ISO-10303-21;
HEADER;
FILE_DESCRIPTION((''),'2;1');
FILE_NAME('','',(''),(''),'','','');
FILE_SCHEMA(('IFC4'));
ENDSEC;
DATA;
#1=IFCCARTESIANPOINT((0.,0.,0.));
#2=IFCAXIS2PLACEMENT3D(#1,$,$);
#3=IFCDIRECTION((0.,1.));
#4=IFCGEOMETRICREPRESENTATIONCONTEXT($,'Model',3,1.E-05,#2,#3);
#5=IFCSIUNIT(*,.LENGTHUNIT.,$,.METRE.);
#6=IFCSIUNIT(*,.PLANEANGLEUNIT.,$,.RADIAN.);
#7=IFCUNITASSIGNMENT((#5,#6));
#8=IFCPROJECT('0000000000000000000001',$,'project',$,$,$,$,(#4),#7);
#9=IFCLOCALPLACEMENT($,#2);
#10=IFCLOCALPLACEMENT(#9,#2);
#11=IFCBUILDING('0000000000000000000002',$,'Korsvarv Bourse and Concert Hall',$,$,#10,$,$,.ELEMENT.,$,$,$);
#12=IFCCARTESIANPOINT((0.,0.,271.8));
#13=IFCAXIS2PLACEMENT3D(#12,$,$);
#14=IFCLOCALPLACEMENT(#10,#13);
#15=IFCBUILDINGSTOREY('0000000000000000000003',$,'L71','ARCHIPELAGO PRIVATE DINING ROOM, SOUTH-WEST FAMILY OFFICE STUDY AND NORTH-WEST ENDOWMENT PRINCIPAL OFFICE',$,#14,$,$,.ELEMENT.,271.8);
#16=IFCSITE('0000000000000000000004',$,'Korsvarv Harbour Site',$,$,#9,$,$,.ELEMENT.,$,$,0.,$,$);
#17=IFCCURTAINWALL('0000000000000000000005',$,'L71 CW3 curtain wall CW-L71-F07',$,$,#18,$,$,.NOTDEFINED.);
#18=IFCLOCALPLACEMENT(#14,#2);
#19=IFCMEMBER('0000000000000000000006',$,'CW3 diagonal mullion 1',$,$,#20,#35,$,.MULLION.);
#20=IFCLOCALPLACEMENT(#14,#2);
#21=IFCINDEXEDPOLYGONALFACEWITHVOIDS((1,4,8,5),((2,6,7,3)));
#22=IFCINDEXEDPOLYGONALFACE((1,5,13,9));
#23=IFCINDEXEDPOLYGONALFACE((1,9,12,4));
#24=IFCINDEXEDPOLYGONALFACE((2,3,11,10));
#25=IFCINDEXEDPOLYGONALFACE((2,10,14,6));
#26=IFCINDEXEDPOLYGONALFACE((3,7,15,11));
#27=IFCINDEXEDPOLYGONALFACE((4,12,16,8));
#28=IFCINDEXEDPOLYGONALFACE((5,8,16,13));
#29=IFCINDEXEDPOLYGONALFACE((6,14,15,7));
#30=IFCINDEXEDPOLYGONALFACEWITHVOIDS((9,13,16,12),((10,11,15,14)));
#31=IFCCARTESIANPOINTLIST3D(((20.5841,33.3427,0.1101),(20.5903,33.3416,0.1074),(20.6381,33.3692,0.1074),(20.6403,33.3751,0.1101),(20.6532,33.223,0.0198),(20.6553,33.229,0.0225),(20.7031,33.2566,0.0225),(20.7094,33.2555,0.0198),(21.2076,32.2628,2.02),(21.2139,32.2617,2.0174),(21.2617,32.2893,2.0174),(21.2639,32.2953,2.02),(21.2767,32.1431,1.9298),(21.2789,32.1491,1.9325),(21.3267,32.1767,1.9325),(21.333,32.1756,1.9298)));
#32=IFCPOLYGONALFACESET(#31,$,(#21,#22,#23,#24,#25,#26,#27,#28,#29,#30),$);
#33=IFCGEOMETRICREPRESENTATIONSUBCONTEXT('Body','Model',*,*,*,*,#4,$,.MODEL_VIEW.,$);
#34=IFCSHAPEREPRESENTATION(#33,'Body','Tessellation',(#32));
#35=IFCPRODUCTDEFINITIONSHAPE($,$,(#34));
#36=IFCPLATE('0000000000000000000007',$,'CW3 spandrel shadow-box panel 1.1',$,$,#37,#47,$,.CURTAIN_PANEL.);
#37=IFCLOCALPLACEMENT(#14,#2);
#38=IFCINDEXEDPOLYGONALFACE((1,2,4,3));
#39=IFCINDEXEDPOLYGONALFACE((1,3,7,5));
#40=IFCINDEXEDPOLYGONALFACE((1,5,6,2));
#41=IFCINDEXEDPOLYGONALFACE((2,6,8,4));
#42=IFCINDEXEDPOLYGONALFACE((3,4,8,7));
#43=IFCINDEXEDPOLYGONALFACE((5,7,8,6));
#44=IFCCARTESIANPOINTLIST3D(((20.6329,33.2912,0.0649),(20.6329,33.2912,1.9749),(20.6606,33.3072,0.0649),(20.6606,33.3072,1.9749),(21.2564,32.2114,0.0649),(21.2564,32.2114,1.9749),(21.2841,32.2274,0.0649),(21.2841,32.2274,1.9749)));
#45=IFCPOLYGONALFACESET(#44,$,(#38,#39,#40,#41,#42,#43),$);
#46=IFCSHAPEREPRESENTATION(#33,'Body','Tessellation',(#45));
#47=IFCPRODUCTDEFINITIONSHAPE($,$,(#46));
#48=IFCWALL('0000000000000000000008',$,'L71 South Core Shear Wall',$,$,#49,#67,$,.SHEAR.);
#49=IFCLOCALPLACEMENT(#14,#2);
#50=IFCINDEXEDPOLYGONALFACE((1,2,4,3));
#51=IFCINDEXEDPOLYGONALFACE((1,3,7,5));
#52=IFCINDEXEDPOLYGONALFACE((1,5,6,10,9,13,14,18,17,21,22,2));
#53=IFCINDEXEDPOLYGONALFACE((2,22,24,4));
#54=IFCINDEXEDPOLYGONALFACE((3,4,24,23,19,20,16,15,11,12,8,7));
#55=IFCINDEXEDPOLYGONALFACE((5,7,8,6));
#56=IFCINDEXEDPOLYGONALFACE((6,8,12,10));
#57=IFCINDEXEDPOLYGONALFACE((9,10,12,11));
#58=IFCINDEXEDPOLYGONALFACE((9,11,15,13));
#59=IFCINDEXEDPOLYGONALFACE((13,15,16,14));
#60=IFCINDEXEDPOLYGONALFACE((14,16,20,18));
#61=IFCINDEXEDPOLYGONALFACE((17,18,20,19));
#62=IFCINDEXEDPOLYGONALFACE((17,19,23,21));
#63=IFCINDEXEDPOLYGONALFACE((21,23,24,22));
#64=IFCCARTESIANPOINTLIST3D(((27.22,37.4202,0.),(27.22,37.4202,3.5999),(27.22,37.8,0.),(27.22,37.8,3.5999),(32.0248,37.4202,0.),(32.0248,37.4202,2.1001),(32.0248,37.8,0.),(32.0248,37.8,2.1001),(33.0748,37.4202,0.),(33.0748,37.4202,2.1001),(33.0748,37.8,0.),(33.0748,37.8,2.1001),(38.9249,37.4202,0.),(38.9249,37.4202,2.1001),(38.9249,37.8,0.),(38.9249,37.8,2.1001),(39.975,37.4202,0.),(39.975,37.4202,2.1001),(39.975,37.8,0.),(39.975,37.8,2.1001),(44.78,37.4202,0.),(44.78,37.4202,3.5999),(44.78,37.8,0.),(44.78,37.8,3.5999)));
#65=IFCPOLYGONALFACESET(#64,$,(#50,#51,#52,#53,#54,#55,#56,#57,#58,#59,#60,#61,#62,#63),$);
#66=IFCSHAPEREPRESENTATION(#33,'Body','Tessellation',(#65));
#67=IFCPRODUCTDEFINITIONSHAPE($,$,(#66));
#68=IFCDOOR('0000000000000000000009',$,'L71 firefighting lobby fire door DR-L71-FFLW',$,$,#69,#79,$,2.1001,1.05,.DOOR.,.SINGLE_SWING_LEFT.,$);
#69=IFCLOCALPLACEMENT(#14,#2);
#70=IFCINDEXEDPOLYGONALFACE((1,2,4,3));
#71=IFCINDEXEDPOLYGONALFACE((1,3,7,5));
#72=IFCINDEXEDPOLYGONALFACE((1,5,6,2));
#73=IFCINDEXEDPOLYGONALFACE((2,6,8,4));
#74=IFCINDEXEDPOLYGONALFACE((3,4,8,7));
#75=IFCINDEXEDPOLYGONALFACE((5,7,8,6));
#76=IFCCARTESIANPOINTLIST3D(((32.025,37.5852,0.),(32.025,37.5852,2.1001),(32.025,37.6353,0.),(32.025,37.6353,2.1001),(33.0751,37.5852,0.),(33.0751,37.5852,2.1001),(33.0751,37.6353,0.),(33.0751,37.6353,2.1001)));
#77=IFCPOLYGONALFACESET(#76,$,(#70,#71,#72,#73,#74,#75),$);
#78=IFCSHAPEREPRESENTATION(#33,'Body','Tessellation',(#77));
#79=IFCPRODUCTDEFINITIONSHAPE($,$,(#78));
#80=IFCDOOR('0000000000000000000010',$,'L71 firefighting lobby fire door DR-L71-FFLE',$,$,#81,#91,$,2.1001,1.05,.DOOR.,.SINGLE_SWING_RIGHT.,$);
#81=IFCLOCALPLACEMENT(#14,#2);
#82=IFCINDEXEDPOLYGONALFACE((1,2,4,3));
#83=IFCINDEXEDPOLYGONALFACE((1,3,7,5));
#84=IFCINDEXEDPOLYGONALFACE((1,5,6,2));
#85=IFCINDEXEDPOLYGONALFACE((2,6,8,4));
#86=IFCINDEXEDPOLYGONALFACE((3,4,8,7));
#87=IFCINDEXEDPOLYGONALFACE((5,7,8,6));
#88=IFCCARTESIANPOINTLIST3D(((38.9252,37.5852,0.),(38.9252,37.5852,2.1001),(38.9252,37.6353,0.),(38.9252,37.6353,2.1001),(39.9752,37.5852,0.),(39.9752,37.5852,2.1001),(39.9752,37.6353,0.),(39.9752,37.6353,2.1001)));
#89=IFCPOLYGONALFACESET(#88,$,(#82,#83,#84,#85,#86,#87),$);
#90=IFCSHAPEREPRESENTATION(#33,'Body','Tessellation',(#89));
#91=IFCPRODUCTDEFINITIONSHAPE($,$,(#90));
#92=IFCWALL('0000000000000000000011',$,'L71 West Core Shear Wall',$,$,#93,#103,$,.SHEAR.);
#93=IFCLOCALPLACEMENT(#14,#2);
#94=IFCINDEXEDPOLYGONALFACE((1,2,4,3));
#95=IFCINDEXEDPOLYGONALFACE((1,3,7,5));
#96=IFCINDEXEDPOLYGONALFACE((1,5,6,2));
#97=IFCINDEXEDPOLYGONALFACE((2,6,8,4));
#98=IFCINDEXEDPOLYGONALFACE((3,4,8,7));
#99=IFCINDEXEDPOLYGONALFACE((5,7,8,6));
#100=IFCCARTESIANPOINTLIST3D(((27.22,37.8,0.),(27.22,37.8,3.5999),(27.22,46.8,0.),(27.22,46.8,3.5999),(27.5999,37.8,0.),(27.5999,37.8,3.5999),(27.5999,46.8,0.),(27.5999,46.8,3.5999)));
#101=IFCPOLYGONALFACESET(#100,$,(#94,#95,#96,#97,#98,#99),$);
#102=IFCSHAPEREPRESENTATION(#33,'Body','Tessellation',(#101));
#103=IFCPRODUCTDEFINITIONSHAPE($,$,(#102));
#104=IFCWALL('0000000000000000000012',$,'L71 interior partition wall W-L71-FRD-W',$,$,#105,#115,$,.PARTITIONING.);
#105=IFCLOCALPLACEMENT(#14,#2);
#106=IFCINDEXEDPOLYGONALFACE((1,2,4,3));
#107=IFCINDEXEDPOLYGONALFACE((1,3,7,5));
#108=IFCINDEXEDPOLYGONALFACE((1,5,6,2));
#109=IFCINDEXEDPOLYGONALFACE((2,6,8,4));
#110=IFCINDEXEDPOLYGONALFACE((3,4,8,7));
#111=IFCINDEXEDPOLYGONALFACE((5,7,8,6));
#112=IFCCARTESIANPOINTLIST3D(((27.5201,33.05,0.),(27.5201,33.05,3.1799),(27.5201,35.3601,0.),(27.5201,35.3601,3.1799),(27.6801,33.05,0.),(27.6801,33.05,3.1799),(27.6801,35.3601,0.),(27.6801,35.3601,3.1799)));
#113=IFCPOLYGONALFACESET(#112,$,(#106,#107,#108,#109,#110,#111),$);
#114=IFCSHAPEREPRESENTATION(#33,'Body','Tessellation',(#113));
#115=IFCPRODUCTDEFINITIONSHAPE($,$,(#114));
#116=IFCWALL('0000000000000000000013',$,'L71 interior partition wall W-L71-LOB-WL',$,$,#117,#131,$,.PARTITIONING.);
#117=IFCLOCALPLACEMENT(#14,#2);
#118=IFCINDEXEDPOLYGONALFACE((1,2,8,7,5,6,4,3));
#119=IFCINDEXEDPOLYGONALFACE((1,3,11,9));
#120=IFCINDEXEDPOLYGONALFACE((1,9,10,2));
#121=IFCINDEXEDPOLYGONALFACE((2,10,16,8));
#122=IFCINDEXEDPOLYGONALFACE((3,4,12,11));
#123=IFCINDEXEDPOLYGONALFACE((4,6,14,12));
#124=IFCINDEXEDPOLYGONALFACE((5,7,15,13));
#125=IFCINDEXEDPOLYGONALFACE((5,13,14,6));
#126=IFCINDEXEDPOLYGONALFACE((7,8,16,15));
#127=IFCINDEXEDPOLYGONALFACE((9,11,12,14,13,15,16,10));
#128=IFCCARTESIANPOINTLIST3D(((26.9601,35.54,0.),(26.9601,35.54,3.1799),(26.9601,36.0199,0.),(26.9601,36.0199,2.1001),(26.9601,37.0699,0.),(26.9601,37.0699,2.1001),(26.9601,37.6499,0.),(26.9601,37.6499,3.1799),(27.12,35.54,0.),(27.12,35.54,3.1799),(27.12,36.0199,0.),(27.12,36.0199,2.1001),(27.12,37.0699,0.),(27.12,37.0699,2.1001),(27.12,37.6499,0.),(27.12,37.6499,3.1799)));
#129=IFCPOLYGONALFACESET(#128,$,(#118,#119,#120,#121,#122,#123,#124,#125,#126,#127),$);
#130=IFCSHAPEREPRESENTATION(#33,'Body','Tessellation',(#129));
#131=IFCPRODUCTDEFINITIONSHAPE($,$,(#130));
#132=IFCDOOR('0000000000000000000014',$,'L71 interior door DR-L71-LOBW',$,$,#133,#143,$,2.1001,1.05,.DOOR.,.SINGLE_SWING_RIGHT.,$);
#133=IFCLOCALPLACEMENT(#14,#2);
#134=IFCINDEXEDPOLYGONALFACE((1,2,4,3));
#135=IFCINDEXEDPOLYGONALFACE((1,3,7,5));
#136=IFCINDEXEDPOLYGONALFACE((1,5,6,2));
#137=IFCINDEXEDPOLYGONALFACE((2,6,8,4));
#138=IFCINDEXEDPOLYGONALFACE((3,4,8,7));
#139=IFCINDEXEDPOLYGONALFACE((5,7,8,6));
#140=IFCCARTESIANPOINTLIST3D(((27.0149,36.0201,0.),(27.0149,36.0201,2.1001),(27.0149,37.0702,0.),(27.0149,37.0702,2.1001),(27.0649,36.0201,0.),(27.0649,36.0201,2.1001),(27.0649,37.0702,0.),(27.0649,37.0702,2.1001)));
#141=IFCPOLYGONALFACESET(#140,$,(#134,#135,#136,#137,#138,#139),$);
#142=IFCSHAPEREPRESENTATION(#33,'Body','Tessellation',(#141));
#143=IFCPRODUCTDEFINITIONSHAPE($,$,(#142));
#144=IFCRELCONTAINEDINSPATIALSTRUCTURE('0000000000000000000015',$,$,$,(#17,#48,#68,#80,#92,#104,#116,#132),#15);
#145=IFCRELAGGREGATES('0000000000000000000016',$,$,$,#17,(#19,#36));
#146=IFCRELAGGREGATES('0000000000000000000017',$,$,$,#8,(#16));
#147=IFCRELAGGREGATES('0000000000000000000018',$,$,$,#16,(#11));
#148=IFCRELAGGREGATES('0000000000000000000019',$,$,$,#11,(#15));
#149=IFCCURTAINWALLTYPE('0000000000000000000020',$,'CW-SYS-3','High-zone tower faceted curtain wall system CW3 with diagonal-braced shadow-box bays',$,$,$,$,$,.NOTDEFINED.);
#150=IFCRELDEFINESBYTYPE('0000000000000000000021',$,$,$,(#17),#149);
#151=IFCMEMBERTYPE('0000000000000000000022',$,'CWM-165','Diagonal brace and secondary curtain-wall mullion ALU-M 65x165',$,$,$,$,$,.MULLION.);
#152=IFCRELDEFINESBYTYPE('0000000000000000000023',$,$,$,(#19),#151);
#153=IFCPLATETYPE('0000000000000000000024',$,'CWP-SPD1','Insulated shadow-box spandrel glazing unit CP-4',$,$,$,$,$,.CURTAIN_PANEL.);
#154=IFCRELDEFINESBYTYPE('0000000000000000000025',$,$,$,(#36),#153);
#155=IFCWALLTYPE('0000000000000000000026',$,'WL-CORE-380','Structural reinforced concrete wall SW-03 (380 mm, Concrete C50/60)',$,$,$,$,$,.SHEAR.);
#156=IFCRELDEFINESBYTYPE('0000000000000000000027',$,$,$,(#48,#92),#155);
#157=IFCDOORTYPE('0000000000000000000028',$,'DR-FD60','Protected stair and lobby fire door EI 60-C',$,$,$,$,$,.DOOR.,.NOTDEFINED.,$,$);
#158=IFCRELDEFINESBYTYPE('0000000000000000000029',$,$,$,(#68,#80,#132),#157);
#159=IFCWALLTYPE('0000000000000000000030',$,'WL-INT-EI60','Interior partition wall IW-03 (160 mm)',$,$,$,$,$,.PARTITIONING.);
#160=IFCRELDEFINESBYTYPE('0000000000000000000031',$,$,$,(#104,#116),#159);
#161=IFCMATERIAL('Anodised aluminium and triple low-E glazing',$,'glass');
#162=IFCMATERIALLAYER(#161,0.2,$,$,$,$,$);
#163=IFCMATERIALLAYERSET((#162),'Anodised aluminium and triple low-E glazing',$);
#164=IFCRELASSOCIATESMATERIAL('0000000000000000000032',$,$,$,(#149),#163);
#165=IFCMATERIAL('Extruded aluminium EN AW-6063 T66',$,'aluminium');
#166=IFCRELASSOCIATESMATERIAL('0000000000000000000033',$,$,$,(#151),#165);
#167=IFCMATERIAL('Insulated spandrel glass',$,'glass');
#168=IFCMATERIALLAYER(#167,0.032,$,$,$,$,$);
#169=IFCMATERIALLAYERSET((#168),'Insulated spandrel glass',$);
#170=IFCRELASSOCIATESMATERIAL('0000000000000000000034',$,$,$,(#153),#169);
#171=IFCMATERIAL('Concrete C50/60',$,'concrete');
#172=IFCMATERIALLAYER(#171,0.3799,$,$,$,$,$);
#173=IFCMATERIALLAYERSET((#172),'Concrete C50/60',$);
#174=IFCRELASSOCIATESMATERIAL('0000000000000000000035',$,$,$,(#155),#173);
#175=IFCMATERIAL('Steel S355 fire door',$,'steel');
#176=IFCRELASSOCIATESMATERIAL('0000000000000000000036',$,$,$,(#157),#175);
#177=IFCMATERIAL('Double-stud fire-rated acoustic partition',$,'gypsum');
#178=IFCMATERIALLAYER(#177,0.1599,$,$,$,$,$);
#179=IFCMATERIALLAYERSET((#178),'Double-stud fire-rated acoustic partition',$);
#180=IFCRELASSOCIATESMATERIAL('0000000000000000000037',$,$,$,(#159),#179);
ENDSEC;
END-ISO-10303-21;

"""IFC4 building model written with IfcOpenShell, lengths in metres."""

from ifc_helpers import new_model, si_unit, direction, frame, frame_2d, origin, origin_2d, place, context, subcontext, project, spatial, rectangle, hollow_rectangle, extrude, source, transform, mapped, material, layer, layer_set, material_profile, profile_set, type_object, element, fill, aggregate, save


model = new_model("IFC4")

# Units and contexts
model_context = context("Model", 3, precision=1e-05, world=origin(), true_north=direction((0.0, 1.0)))
body_context = subcontext(model_context, "Body", "Model", "MODEL_VIEW")
ifc_project = project(units=[si_unit("LENGTHUNIT", "METRE"), si_unit("PLANEANGLEUNIT", "RADIAN")], contexts=[model_context])

# Site, building, storey
site_placement = place(None, origin())
site = spatial("IfcSite", under=ifc_project, at=site_placement, Name="Korsvarv Harbour Site", CompositionType="ELEMENT", RefElevation=0.0)
building_placement = place(site_placement, origin())
building = spatial("IfcBuilding", under=site, at=building_placement, Name="Korsvarv Bourse and Concert Hall", CompositionType="ELEMENT")
storey_placement = place(building_placement, frame((0.0, 0.0, 271.8)))
storey = spatial("IfcBuildingStorey", under=building, at=storey_placement, Name="L71", Description="ARCHIPELAGO PRIVATE DINING ROOM, SOUTH-WEST FAMILY OFFICE STUDY AND NORTH-WEST ENDOWMENT PRINCIPAL OFFICE", CompositionType="ELEMENT", Elevation=271.8)

# Shared definitions
ifc_material_1 = material(Name="Concrete C50/60", Category="concrete")

# Curtain wall, member, plate
ifc_material_2 = material(Name="Anodised aluminium and triple low-E glazing", Category="glass")
ifc_layer_1 = layer(ifc_material_2, 0.2)
ifc_layer_set_1 = layer_set([ifc_layer_1], Name="Anodised aluminium and triple low-E glazing")
curtain_wall_type = type_object("IfcCurtainWallType", Name="CW-SYS-3", Description="High-zone tower faceted curtain wall system CW3 with diagonal-braced shadow-box bays", PredefinedType="NOTDEFINED", material=ifc_layer_set_1)
curtain_wall_placement = place(storey_placement, origin())
curtain_wall = element("IfcCurtainWall", 1, at=curtain_wall_placement, inside=storey, type_object=curtain_wall_type, Name="L71 CW3 curtain wall CW-L71-F07", PredefinedType="NOTDEFINED")
ifc_material_3 = material(Name="Extruded aluminium EN AW-6063 T66", Category="aluminium")
ifc_material_profile_1 = material_profile(ifc_material_3, hollow_rectangle(XDim=0.0649, YDim=0.165, WallThickness=0.0049, at=origin_2d()), Name="ALU-M 65x165")
ifc_profile_set_1 = profile_set([ifc_material_profile_1], Name="Extruded aluminium EN AW-6063 T66")
member_type_1 = type_object("IfcMemberType", Name="CWM-165", Description="Diagonal brace and secondary curtain-wall mullion ALU-M 65x165", PredefinedType="MULLION", material=ifc_profile_set_1)
shared_shape_1 = source(origin(), body_context, "Body", "SweptSolid", [
    extrude(hollow_rectangle(XDim=0.0649, YDim=0.165, WallThickness=0.0049, at=origin_2d()), origin(), (0.0, 0.0, 1.0), 2.281),
])
member_1_placement = place(storey_placement, frame((20.6467, 33.2991, 0.0649), z_axis=(0.27337, -0.47342, 0.837342), x_axis=(0.865993, 0.500056, 0.0)))
member_1 = element("IfcMember", 2, at=member_1_placement, type_object=member_type_1, Name="CW3 diagonal mullion 1", PredefinedType="MULLION", context=body_context, shape_type="MappedRepresentation", body=[
    mapped(shared_shape_1, transform((0.0, 0.0, 0.0), scale=1.0)),
])
ifc_material_4 = material(Name="Insulated spandrel glass", Category="glass")
ifc_layer_2 = layer(ifc_material_4, 0.032)
ifc_layer_set_2 = layer_set([ifc_layer_2], Name="Insulated spandrel glass")
plate_type = type_object("IfcPlateType", Name="CWP-SPD1", Description="Insulated shadow-box spandrel glazing unit CP-4", PredefinedType="CURTAIN_PANEL", material=ifc_layer_set_2)
shared_shape_2 = source(origin(), body_context, "Body", "SweptSolid", [
    extrude(rectangle(XDim=1.2468, YDim=0.032, at=origin_2d()), origin(), (0.0, 0.0, 1.0), 1.9099),
])
plate_placement = place(storey_placement, frame((20.9585, 32.7593, 0.0649), z_axis=(0.0, 0.0, 1.0), x_axis=(0.500004, -0.866023, 0.0)))
plate = element("IfcPlate", 3, at=plate_placement, type_object=plate_type, Name="CW3 spandrel shadow-box panel 1.1", PredefinedType="CURTAIN_PANEL", context=body_context, shape_type="MappedRepresentation", body=[
    mapped(shared_shape_2, transform((0.0, 0.0, 0.0), scale=1.0)),
])
aggregate(curtain_wall, [member_1, plate])

# Wall, openings, doors
ifc_layer_3 = layer(ifc_material_1, 0.3799)
ifc_layer_set_3 = layer_set([ifc_layer_3], Name="Concrete C50/60")
wall_type_1 = type_object("IfcWallType", Name="WL-CORE-380", Description="Structural reinforced concrete wall SW-03 (380 mm, Concrete C50/60)", PredefinedType="SHEAR", material=ifc_layer_set_3)
wall_1_placement = place(storey_placement, frame((27.22, 37.6101, 0.0), z_axis=(0.0, 0.0, 1.0), x_axis=(1.0, 0.0, 0.0)))
wall_1 = element("IfcWall", 4, at=wall_1_placement, inside=storey, type_object=wall_type_1, Name="L71 South Core Shear Wall", PredefinedType="SHEAR", context=body_context, shape_type="SweptSolid", body=[
    extrude(rectangle(XDim=17.5601, YDim=0.3799, at=frame_2d((8.78, 0.0))), origin(), (0.0, 0.0, 1.0), 3.5999),
])
opening_1_placement = place(wall_1_placement, frame((4.8049, 0.0, 0.0)))
opening_1 = element("IfcOpeningElement", 5, at=opening_1_placement, cuts=wall_1, PredefinedType="OPENING", context=body_context, shape_type="SweptSolid", body=[
    extrude(rectangle(XDim=1.05, YDim=2.1001, at=frame_2d((0.5249, 1.05))), frame((0.0, 0.2, 0.0), z_axis=(0.0, -1.0, 0.0), x_axis=(1.0, 0.0, 0.0)), (0.0, 0.0, 1.0), 0.3999),
])
opening_2_placement = place(wall_1_placement, frame((11.7051, 0.0, 0.0)))
opening_2 = element("IfcOpeningElement", 6, at=opening_2_placement, cuts=wall_1, PredefinedType="OPENING", context=body_context, shape_type="SweptSolid", body=[
    extrude(rectangle(XDim=1.05, YDim=2.1001, at=frame_2d((0.5249, 1.05))), frame((0.0, 0.2, 0.0), z_axis=(0.0, -1.0, 0.0), x_axis=(1.0, 0.0, 0.0)), (0.0, 0.0, 1.0), 0.3999),
])
ifc_material_5 = material(Name="Steel S355 fire door", Category="steel")
door_type = type_object("IfcDoorType", Name="DR-FD60", Description="Protected stair and lobby fire door EI 60-C", OperationType="NOTDEFINED", PredefinedType="DOOR", material=ifc_material_5)
door_1_placement = place(opening_1_placement, frame((1.05, 0.0, 0.0), z_axis=(0.0, 0.0, 1.0), x_axis=(-1.0, 0.0, 0.0)))
door_1 = element("IfcDoor", 7, at=door_1_placement, inside=storey, type_object=door_type, Name="L71 firefighting lobby fire door DR-L71-FFLW", OperationType="SINGLE_SWING_LEFT", OverallHeight=2.1001, OverallWidth=1.05, PredefinedType="DOOR", context=body_context, shape_type="SweptSolid", body=[
    extrude(rectangle(XDim=1.05, YDim=2.1001, at=frame_2d((0.5249, 1.05))), frame((0.0, 0.0249, 0.0), z_axis=(0.0, -1.0, 0.0), x_axis=(1.0, 0.0, 0.0)), (0.0, 0.0, 1.0), 0.05),
])
fill(opening_1, door_1)
door_2_placement = place(opening_2_placement, frame((1.05, 0.0, 0.0), z_axis=(0.0, 0.0, 1.0), x_axis=(-1.0, 0.0, 0.0)))
door_2 = element("IfcDoor", 8, at=door_2_placement, inside=storey, type_object=door_type, Name="L71 firefighting lobby fire door DR-L71-FFLE", OperationType="SINGLE_SWING_RIGHT", OverallHeight=2.1001, OverallWidth=1.05, PredefinedType="DOOR", context=body_context, shape_type="SweptSolid", body=[
    extrude(rectangle(XDim=1.05, YDim=2.1001, at=frame_2d((0.5249, 1.05))), frame((0.0, 0.0249, 0.0), z_axis=(0.0, -1.0, 0.0), x_axis=(1.0, 0.0, 0.0)), (0.0, 0.0, 1.0), 0.05),
])
fill(opening_2, door_2)

# Walls
wall_2_placement = place(storey_placement, frame((27.4099, 37.8, 0.0), z_axis=(0.0, 0.0, 1.0), x_axis=(0.0, 1.0, 0.0)))
element("IfcWall", 9, at=wall_2_placement, inside=storey, type_object=wall_type_1, Name="L71 West Core Shear Wall", PredefinedType="SHEAR", context=body_context, shape_type="SweptSolid", body=[
    extrude(rectangle(XDim=9.0, YDim=0.3799, at=frame_2d((4.5, 0.0))), origin(), (0.0, 0.0, 1.0), 3.5999),
])
ifc_material_6 = material(Name="Double-stud fire-rated acoustic partition", Category="gypsum")
ifc_layer_4 = layer(ifc_material_6, 0.1599)
ifc_layer_set_4 = layer_set([ifc_layer_4], Name="Double-stud fire-rated acoustic partition")
wall_type_2 = type_object("IfcWallType", Name="WL-INT-EI60", Description="Interior partition wall IW-03 (160 mm)", PredefinedType="PARTITIONING", material=ifc_layer_set_4)
wall_3_placement = place(storey_placement, frame((27.6001, 33.05, 0.0), z_axis=(0.0, 0.0, 1.0), x_axis=(0.0, 1.0, 0.0)))
element("IfcWall", 10, at=wall_3_placement, inside=storey, type_object=wall_type_2, Name="L71 interior partition wall W-L71-FRD-W", PredefinedType="PARTITIONING", context=body_context, shape_type="SweptSolid", body=[
    extrude(rectangle(XDim=2.3101, YDim=0.1599, at=frame_2d((1.155, 0.0))), origin(), (0.0, 0.0, 1.0), 3.1799),
])

# Wall, opening, door
wall_4_placement = place(storey_placement, frame((27.04, 35.54, 0.0), z_axis=(0.0, 0.0, 1.0), x_axis=(0.0, 1.0, 0.0)))
wall_4 = element("IfcWall", 11, at=wall_4_placement, inside=storey, type_object=wall_type_2, Name="L71 interior partition wall W-L71-LOB-WL", PredefinedType="PARTITIONING", context=body_context, shape_type="SweptSolid", body=[
    extrude(rectangle(XDim=2.1099, YDim=0.1599, at=frame_2d((1.0549, 0.0))), origin(), (0.0, 0.0, 1.0), 3.1799),
])
opening_3_placement = place(wall_4_placement, frame((0.48, 0.0, 0.0)))
opening_3 = element("IfcOpeningElement", 12, at=opening_3_placement, cuts=wall_4, PredefinedType="OPENING", context=body_context, shape_type="SweptSolid", body=[
    extrude(rectangle(XDim=1.05, YDim=2.1001, at=frame_2d((0.5249, 1.05))), frame((0.0, 0.0898, 0.0), z_axis=(0.0, -1.0, 0.0), x_axis=(1.0, 0.0, 0.0)), (0.0, 0.0, 1.0), 0.1799),
])
door_3_placement = place(opening_3_placement, frame((1.05, 0.0, 0.0), z_axis=(0.0, 0.0, 1.0), x_axis=(-1.0, 0.0, 0.0)))
door_3 = element("IfcDoor", 13, at=door_3_placement, inside=storey, type_object=door_type, Name="L71 interior door DR-L71-LOBW", OperationType="SINGLE_SWING_RIGHT", OverallHeight=2.1001, OverallWidth=1.05, PredefinedType="DOOR", context=body_context, shape_type="SweptSolid", body=[
    extrude(rectangle(XDim=1.05, YDim=2.1001, at=frame_2d((0.5249, 1.05))), frame((0.0, 0.0249, 0.0), z_axis=(0.0, -1.0, 0.0), x_axis=(1.0, 0.0, 0.0)), (0.0, 0.0, 1.0), 0.05),
])
fill(opening_3, door_3)

save(model, "model.ifc")
